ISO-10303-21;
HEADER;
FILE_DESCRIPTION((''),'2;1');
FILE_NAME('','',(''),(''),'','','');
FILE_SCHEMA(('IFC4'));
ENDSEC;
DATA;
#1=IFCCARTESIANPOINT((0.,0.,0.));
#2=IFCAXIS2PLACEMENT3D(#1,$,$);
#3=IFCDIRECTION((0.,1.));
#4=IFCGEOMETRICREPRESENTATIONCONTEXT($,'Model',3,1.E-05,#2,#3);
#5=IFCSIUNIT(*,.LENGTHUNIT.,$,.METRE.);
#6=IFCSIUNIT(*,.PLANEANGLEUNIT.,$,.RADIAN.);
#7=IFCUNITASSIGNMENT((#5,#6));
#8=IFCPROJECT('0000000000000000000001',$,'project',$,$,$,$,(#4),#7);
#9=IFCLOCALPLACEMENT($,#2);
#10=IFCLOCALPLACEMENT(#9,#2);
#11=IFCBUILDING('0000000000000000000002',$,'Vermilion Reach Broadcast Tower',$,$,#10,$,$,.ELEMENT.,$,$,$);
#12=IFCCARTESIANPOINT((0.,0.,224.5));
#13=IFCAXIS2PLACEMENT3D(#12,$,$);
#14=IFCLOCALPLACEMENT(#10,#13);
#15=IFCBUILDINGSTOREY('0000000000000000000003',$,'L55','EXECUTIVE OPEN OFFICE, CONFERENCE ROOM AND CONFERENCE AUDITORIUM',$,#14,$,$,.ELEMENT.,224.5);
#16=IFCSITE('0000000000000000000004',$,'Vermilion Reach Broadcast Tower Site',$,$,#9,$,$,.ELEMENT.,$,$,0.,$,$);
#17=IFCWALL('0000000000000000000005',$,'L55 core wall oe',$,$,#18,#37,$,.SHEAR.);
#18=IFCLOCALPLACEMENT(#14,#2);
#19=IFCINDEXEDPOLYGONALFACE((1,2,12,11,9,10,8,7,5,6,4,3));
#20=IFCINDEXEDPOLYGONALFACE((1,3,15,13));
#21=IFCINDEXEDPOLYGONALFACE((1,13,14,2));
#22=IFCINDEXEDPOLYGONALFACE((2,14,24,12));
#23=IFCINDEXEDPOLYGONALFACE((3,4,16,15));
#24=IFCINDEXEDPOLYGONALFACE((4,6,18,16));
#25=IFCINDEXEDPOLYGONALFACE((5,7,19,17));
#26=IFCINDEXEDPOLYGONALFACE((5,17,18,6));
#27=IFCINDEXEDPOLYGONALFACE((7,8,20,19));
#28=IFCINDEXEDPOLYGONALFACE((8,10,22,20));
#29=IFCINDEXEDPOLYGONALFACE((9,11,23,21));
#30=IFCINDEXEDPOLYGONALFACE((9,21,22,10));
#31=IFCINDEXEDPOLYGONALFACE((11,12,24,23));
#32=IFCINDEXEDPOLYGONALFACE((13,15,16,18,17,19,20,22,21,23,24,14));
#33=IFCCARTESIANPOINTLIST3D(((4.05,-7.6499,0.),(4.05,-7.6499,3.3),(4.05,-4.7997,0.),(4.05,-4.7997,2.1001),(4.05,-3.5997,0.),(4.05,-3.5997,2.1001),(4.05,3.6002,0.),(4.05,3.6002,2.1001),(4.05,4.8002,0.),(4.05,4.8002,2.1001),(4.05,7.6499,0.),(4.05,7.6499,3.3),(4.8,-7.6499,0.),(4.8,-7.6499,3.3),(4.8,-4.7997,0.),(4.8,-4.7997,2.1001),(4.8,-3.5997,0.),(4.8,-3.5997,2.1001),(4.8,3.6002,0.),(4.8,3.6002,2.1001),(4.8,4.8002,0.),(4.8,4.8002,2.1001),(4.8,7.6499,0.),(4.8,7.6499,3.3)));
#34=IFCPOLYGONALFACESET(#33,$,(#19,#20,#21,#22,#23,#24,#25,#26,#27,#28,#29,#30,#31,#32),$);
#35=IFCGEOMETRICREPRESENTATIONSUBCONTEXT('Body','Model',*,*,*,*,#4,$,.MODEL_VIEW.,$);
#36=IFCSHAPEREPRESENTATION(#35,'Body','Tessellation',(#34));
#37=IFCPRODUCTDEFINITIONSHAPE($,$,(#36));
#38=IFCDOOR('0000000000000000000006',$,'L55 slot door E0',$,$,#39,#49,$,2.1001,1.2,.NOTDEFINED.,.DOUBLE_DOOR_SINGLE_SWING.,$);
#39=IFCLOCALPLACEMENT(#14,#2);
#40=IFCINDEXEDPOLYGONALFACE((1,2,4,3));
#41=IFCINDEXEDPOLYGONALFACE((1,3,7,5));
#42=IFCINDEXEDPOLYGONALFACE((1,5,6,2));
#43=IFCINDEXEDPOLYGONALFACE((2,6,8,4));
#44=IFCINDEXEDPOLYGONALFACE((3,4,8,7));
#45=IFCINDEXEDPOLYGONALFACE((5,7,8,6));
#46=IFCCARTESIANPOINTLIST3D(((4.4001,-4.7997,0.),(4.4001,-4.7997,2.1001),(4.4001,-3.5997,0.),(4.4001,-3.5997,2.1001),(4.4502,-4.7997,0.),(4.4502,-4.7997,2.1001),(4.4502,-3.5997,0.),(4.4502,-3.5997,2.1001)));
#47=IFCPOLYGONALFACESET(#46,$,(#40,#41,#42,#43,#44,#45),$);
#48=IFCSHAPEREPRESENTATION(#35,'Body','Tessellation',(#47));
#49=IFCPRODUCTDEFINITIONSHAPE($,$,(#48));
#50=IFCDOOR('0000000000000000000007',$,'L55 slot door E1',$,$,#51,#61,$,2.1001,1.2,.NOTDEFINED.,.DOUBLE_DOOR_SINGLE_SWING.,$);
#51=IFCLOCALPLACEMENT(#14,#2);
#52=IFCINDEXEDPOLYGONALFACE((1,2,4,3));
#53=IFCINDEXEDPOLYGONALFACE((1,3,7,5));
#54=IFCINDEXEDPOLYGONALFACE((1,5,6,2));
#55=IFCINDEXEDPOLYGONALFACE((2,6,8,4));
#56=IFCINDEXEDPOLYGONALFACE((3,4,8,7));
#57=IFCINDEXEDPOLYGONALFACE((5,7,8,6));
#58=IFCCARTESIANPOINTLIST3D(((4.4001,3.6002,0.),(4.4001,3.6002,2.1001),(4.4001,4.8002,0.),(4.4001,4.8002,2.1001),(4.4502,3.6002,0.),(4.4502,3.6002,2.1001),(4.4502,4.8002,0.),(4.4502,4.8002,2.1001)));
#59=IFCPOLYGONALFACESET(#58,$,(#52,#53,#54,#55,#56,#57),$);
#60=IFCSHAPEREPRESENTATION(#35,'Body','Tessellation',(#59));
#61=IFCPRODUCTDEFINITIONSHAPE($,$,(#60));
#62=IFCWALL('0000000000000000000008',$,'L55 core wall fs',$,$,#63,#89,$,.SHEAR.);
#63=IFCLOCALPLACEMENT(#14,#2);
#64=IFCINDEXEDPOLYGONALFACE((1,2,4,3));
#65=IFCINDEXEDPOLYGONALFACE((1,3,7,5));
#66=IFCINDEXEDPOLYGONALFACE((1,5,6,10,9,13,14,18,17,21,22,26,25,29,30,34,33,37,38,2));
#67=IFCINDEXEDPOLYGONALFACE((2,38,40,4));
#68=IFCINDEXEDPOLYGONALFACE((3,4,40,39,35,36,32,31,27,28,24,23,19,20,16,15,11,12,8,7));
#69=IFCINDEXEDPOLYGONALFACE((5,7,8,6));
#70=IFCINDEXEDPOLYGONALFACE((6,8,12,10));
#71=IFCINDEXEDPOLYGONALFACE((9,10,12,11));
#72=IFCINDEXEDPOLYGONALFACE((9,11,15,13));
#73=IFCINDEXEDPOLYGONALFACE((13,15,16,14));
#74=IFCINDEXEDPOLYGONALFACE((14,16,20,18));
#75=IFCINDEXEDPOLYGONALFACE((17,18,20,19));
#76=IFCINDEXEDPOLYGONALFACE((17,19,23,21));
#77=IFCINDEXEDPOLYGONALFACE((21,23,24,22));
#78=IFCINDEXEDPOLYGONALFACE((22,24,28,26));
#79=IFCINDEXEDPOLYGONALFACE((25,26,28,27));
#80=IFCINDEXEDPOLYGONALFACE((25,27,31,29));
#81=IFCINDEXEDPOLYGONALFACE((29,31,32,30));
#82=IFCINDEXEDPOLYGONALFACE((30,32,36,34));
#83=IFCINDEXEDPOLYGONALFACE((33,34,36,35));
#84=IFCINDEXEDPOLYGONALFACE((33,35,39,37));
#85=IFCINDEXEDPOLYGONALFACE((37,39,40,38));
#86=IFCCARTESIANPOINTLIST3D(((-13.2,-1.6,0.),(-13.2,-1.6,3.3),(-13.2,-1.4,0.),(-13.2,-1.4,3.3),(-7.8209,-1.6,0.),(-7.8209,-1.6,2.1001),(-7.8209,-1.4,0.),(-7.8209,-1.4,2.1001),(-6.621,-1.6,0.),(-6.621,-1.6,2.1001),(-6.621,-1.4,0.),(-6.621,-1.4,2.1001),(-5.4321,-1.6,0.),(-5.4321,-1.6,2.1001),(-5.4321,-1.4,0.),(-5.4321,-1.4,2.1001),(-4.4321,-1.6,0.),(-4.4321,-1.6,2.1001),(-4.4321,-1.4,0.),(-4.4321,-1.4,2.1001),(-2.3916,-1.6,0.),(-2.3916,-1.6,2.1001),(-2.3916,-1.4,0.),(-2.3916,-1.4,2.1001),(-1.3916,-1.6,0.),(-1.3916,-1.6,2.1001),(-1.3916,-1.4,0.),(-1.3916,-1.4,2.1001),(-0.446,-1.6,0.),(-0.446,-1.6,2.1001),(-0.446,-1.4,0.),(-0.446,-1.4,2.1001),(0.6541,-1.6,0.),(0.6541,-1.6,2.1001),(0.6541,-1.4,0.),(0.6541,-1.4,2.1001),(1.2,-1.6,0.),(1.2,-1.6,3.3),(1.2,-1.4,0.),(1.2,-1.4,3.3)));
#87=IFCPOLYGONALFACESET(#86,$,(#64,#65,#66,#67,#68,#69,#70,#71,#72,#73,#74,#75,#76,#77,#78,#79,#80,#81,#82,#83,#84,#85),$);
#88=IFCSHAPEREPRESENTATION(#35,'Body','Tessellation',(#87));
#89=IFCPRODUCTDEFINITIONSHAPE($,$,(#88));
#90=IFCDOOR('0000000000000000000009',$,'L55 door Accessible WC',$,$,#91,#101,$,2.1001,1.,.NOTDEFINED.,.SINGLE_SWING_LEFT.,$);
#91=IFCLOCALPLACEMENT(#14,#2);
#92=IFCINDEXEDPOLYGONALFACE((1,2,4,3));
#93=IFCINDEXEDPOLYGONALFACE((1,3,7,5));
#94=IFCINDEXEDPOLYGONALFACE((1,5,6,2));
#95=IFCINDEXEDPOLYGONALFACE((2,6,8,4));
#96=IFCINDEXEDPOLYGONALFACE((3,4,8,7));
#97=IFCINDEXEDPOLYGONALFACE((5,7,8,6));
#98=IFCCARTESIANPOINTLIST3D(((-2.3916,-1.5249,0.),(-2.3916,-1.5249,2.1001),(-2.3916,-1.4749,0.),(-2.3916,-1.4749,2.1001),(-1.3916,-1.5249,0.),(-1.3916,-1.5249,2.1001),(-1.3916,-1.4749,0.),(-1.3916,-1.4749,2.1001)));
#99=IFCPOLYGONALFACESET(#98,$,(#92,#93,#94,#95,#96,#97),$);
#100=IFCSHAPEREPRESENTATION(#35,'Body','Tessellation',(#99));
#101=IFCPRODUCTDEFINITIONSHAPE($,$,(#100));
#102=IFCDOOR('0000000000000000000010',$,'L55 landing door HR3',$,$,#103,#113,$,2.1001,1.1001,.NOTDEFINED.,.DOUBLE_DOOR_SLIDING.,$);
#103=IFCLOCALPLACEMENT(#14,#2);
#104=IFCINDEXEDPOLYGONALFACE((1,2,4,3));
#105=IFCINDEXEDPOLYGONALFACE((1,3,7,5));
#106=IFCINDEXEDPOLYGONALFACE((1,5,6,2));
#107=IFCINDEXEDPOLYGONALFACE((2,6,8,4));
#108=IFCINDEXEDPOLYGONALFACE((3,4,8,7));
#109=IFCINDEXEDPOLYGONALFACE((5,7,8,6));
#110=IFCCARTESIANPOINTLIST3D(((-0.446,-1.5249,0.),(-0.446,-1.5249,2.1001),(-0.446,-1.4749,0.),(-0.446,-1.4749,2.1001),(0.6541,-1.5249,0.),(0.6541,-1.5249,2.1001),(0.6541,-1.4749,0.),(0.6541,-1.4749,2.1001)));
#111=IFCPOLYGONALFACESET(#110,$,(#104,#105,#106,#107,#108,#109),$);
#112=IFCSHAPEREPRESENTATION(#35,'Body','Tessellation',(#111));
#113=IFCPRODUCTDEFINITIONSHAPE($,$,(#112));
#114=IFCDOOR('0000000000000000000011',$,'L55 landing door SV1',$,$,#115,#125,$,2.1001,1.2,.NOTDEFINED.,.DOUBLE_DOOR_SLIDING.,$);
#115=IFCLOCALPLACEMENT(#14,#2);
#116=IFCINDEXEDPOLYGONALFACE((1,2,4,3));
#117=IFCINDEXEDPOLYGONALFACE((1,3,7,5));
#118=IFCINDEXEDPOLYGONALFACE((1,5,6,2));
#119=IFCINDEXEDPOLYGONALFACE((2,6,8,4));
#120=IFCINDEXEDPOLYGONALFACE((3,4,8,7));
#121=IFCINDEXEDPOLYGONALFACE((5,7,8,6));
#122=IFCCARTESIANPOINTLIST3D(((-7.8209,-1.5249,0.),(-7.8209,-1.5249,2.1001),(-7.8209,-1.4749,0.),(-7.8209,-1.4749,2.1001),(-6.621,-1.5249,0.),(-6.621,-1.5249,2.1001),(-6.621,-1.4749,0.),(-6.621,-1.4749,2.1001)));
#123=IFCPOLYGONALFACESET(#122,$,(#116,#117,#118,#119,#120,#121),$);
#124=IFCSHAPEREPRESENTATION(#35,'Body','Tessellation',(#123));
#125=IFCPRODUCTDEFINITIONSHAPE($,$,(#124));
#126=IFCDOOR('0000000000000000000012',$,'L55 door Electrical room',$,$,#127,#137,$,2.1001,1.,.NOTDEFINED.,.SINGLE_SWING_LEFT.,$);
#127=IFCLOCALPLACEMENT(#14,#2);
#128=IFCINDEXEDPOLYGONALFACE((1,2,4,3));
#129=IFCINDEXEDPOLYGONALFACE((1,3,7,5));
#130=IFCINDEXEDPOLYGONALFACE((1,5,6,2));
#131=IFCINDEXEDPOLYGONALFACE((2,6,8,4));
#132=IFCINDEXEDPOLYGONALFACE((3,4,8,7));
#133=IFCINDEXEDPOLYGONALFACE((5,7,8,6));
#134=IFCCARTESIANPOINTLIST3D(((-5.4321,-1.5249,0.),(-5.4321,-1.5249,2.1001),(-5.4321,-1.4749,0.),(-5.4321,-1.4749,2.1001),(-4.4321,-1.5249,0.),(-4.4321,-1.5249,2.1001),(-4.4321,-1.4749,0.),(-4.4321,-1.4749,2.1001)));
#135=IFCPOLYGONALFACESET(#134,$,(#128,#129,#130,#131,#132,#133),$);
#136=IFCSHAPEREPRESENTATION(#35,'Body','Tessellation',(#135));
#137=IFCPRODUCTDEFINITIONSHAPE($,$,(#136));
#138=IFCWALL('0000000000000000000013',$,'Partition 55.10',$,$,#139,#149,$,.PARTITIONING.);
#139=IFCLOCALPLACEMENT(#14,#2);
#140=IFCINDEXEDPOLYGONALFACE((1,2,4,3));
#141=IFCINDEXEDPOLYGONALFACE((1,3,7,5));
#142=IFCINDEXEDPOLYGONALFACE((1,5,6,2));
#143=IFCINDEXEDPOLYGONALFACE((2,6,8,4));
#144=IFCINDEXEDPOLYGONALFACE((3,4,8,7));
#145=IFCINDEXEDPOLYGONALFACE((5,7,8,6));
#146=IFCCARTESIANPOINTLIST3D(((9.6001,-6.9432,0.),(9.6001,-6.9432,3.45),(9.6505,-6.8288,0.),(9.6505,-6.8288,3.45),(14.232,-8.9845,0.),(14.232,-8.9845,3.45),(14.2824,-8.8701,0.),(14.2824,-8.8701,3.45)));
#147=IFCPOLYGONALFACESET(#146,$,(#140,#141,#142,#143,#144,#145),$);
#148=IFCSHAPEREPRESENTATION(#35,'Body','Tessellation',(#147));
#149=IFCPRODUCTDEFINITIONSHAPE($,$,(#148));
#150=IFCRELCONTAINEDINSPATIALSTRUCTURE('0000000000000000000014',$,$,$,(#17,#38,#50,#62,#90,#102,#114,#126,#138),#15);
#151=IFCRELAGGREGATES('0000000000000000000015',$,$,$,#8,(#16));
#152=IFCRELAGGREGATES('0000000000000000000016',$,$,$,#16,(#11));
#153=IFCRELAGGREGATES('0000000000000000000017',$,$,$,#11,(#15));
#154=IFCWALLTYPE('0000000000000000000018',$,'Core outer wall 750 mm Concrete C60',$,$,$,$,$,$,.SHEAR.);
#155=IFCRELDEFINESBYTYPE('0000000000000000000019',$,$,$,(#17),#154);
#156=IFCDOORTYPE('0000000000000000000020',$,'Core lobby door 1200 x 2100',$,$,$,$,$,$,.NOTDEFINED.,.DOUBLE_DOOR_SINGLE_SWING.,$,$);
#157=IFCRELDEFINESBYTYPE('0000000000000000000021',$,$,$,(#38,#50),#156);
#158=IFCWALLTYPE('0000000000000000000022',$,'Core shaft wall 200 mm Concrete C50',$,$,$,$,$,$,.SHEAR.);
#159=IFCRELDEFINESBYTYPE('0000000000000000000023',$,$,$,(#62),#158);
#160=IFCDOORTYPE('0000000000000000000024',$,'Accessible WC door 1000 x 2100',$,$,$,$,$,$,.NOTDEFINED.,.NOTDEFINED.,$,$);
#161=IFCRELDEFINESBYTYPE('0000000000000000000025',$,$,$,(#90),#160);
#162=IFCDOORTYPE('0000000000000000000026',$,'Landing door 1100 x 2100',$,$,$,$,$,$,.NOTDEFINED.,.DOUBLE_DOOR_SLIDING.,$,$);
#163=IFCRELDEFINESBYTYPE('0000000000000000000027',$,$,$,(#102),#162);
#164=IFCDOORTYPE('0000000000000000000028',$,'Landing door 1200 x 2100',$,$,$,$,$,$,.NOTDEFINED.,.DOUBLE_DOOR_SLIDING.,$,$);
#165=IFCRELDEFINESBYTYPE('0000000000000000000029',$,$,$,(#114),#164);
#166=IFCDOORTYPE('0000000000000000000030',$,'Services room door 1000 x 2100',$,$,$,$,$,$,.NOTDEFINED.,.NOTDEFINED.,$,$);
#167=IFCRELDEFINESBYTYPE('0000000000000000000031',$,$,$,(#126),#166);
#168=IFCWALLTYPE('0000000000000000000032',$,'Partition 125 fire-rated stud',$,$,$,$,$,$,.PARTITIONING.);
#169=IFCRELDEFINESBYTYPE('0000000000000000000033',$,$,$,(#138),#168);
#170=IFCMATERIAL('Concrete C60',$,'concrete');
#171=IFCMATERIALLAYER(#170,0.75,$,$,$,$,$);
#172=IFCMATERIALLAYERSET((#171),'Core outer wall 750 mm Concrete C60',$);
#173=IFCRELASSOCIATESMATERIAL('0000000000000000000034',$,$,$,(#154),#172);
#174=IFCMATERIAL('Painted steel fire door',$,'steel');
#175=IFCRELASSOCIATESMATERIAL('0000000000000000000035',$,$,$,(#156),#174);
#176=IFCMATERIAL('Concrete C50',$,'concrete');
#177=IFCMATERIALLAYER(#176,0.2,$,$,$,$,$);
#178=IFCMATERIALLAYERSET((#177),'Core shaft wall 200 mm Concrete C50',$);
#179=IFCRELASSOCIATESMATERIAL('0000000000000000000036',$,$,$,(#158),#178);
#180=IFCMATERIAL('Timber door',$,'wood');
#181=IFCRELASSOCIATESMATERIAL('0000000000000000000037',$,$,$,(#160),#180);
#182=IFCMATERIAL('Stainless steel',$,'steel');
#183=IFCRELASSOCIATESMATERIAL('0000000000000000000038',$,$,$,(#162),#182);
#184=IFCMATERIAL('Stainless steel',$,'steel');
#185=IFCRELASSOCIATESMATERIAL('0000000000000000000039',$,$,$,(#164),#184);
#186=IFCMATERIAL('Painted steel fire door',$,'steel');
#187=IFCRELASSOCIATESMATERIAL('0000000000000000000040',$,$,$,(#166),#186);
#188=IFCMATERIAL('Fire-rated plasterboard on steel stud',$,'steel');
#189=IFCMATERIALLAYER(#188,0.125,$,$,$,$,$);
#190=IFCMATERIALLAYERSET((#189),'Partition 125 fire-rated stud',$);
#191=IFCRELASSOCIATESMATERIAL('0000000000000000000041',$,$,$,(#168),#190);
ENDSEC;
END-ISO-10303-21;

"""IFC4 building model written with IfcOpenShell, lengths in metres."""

from ifc_helpers import new_model, si_unit, direction, frame, frame_2d, origin, place, context, subcontext, project, spatial, rectangle, extrude, material, layer, layer_set, type_object, element, fill, save


model = new_model("IFC4")

# Units and contexts
model_context = context("Model", 3, precision=1e-05, world=origin(), true_north=direction((0.0, 1.0)))
body_context = subcontext(model_context, "Body", "Model", "MODEL_VIEW")
ifc_project = project(units=[si_unit("LENGTHUNIT", "METRE"), si_unit("PLANEANGLEUNIT", "RADIAN")], contexts=[model_context])

# Site, building, storey
site_placement = place(None, origin())
site = spatial("IfcSite", under=ifc_project, at=site_placement, Name="Vermilion Reach Broadcast Tower Site", CompositionType="ELEMENT", RefElevation=0.0)
building_placement = place(site_placement, origin())
building = spatial("IfcBuilding", under=site, at=building_placement, Name="Vermilion Reach Broadcast Tower", CompositionType="ELEMENT")
storey_placement = place(building_placement, frame((0.0, 0.0, 224.5)))
storey = spatial("IfcBuildingStorey", under=building, at=storey_placement, Name="L55", Description="EXECUTIVE OPEN OFFICE, CONFERENCE ROOM AND CONFERENCE AUDITORIUM", CompositionType="ELEMENT", Elevation=224.5)

# Walls, openings, doors
ifc_material_1 = material(Name="Concrete C60", Category="concrete")
ifc_layer_1 = layer(ifc_material_1, 0.75)
ifc_layer_set_1 = layer_set([ifc_layer_1], Name="Core outer wall 750 mm Concrete C60")
wall_type_1 = type_object("IfcWallType", Name="Core outer wall 750 mm Concrete C60", PredefinedType="SHEAR", material=ifc_layer_set_1)
wall_1_placement = place(storey_placement, frame((4.425, -7.6499, 0.0), z_axis=(0.0, 0.0, 1.0), x_axis=(0.0, 1.0, 0.0)))
wall_1 = element("IfcWall", 1, at=wall_1_placement, inside=storey, type_object=wall_type_1, Name="L55 core wall oe", PredefinedType="SHEAR", context=body_context, shape_type="SweptSolid", body=[
    extrude(rectangle(XDim=15.2998, YDim=0.75, at=frame_2d((7.6499, 0.0))), origin(), (0.0, 0.0, 1.0), 3.3),
])
opening_1_placement = place(wall_1_placement, frame((2.8501, 0.0, 0.0)))
opening_1 = element("IfcOpeningElement", 2, at=opening_1_placement, cuts=wall_1, PredefinedType="OPENING", context=body_context, shape_type="SweptSolid", body=[
    extrude(rectangle(XDim=1.2, YDim=2.1001, at=frame_2d((0.6001, 1.05))), frame((0.0, 0.385, 0.0), z_axis=(0.0, -1.0, 0.0), x_axis=(1.0, 0.0, 0.0)), (0.0, 0.0, 1.0), 0.77),
])
opening_2_placement = place(wall_1_placement, frame((11.25, 0.0, 0.0)))
opening_2 = element("IfcOpeningElement", 3, at=opening_2_placement, cuts=wall_1, PredefinedType="OPENING", context=body_context, shape_type="SweptSolid", body=[
    extrude(rectangle(XDim=1.2, YDim=2.1001, at=frame_2d((0.6001, 1.05))), frame((0.0, 0.385, 0.0), z_axis=(0.0, -1.0, 0.0), x_axis=(1.0, 0.0, 0.0)), (0.0, 0.0, 1.0), 0.77),
])
ifc_material_2 = material(Name="Painted steel fire door", Category="steel")
door_type_1 = type_object("IfcDoorType", Name="Core lobby door 1200 x 2100", OperationType="DOUBLE_DOOR_SINGLE_SWING", PredefinedType="NOTDEFINED", material=ifc_material_2)
door_1_placement = place(opening_1_placement, origin())
door_1 = element("IfcDoor", 4, at=door_1_placement, inside=storey, type_object=door_type_1, Name="L55 slot door E0", OperationType="DOUBLE_DOOR_SINGLE_SWING", OverallHeight=2.1001, OverallWidth=1.2, PredefinedType="NOTDEFINED", context=body_context, shape_type="SweptSolid", body=[
    extrude(rectangle(XDim=1.2, YDim=2.1001, at=frame_2d((0.6001, 1.05))), frame((0.0, 0.0249, 0.0), z_axis=(0.0, -1.0, 0.0), x_axis=(1.0, 0.0, 0.0)), (0.0, 0.0, 1.0), 0.05),
])
fill(opening_1, door_1)
door_2_placement = place(opening_2_placement, origin())
door_2 = element("IfcDoor", 5, at=door_2_placement, inside=storey, type_object=door_type_1, Name="L55 slot door E1", OperationType="DOUBLE_DOOR_SINGLE_SWING", OverallHeight=2.1001, OverallWidth=1.2, PredefinedType="NOTDEFINED", context=body_context, shape_type="SweptSolid", body=[
    extrude(rectangle(XDim=1.2, YDim=2.1001, at=frame_2d((0.6001, 1.05))), frame((0.0, 0.0249, 0.0), z_axis=(0.0, -1.0, 0.0), x_axis=(1.0, 0.0, 0.0)), (0.0, 0.0, 1.0), 0.05),
])
fill(opening_2, door_2)
ifc_material_3 = material(Name="Concrete C50", Category="concrete")
ifc_layer_2 = layer(ifc_material_3, 0.2)
ifc_layer_set_2 = layer_set([ifc_layer_2], Name="Core shaft wall 200 mm Concrete C50")
wall_type_2 = type_object("IfcWallType", Name="Core shaft wall 200 mm Concrete C50", PredefinedType="SHEAR", material=ifc_layer_set_2)
wall_2_placement = place(storey_placement, frame((1.2, -1.5, 0.0), z_axis=(0.0, 0.0, 1.0), x_axis=(-1.0, 0.0, 0.0)))
wall_2 = element("IfcWall", 6, at=wall_2_placement, inside=storey, type_object=wall_type_2, Name="L55 core wall fs", PredefinedType="SHEAR", context=body_context, shape_type="SweptSolid", body=[
    extrude(rectangle(XDim=14.3999, YDim=0.2, at=frame_2d((7.2, 0.0))), origin(), (0.0, 0.0, 1.0), 3.3),
])
opening_3_placement = place(wall_2_placement, frame((7.8208, 0.0, 0.0)))
opening_3 = element("IfcOpeningElement", 7, at=opening_3_placement, cuts=wall_2, PredefinedType="OPENING", context=body_context, shape_type="SweptSolid", body=[
    extrude(rectangle(XDim=1.2, YDim=2.1001, at=frame_2d((0.6001, 1.05))), frame((0.0, 0.1099, 0.0), z_axis=(0.0, -1.0, 0.0), x_axis=(1.0, 0.0, 0.0)), (0.0, 0.0, 1.0), 0.22),
])
opening_4_placement = place(wall_2_placement, frame((0.5459, 0.0, 0.0)))
opening_4 = element("IfcOpeningElement", 8, at=opening_4_placement, cuts=wall_2, PredefinedType="OPENING", context=body_context, shape_type="SweptSolid", body=[
    extrude(rectangle(XDim=1.1001, YDim=2.1001, at=frame_2d((0.55, 1.05))), frame((0.0, 0.1099, 0.0), z_axis=(0.0, -1.0, 0.0), x_axis=(1.0, 0.0, 0.0)), (0.0, 0.0, 1.0), 0.22),
])
opening_5_placement = place(wall_2_placement, frame((5.6321, 0.0, 0.0)))
opening_5 = element("IfcOpeningElement", 9, at=opening_5_placement, cuts=wall_2, PredefinedType="OPENING", context=body_context, shape_type="SweptSolid", body=[
    extrude(rectangle(XDim=1.0, YDim=2.1001, at=frame_2d((0.5, 1.05))), frame((0.0, 0.1099, 0.0), z_axis=(0.0, -1.0, 0.0), x_axis=(1.0, 0.0, 0.0)), (0.0, 0.0, 1.0), 0.22),
])
opening_6_placement = place(wall_2_placement, frame((2.5916, 0.0, 0.0)))
opening_6 = element("IfcOpeningElement", 10, at=opening_6_placement, cuts=wall_2, PredefinedType="OPENING", context=body_context, shape_type="SweptSolid", body=[
    extrude(rectangle(XDim=1.0, YDim=2.1001, at=frame_2d((0.5, 1.05))), frame((0.0, 0.1099, 0.0), z_axis=(0.0, -1.0, 0.0), x_axis=(1.0, 0.0, 0.0)), (0.0, 0.0, 1.0), 0.22),
])
ifc_material_4 = material(Name="Timber door", Category="wood")
door_type_2 = type_object("IfcDoorType", Name="Accessible WC door 1000 x 2100", OperationType="NOTDEFINED", PredefinedType="NOTDEFINED", material=ifc_material_4)
door_3_placement = place(opening_6_placement, origin())
door_3 = element("IfcDoor", 11, at=door_3_placement, inside=storey, type_object=door_type_2, Name="L55 door Accessible WC", OperationType="SINGLE_SWING_LEFT", OverallHeight=2.1001, OverallWidth=1.0, PredefinedType="NOTDEFINED", context=body_context, shape_type="SweptSolid", body=[
    extrude(rectangle(XDim=1.0, YDim=2.1001, at=frame_2d((0.5, 1.05))), frame((0.0, 0.0249, 0.0), z_axis=(0.0, -1.0, 0.0), x_axis=(1.0, 0.0, 0.0)), (0.0, 0.0, 1.0), 0.05),
])
fill(opening_6, door_3)
ifc_material_5 = material(Name="Stainless steel", Category="steel")
door_type_3 = type_object("IfcDoorType", Name="Landing door 1100 x 2100", OperationType="DOUBLE_DOOR_SLIDING", PredefinedType="NOTDEFINED", material=ifc_material_5)
door_4_placement = place(opening_4_placement, origin())
door_4 = element("IfcDoor", 12, at=door_4_placement, inside=storey, type_object=door_type_3, Name="L55 landing door HR3", OperationType="DOUBLE_DOOR_SLIDING", OverallHeight=2.1001, OverallWidth=1.1001, PredefinedType="NOTDEFINED", context=body_context, shape_type="SweptSolid", body=[
    extrude(rectangle(XDim=1.1001, YDim=2.1001, at=frame_2d((0.55, 1.05))), frame((0.0, 0.0249, 0.0), z_axis=(0.0, -1.0, 0.0), x_axis=(1.0, 0.0, 0.0)), (0.0, 0.0, 1.0), 0.05),
])
fill(opening_4, door_4)
ifc_material_6 = material(Name="Stainless steel", Category="steel")
door_type_4 = type_object("IfcDoorType", Name="Landing door 1200 x 2100", OperationType="DOUBLE_DOOR_SLIDING", PredefinedType="NOTDEFINED", material=ifc_material_6)
door_5_placement = place(opening_3_placement, origin())
door_5 = element("IfcDoor", 13, at=door_5_placement, inside=storey, type_object=door_type_4, Name="L55 landing door SV1", OperationType="DOUBLE_DOOR_SLIDING", OverallHeight=2.1001, OverallWidth=1.2, PredefinedType="NOTDEFINED", context=body_context, shape_type="SweptSolid", body=[
    extrude(rectangle(XDim=1.2, YDim=2.1001, at=frame_2d((0.6001, 1.05))), frame((0.0, 0.0249, 0.0), z_axis=(0.0, -1.0, 0.0), x_axis=(1.0, 0.0, 0.0)), (0.0, 0.0, 1.0), 0.05),
])
fill(opening_3, door_5)
ifc_material_7 = material(Name="Painted steel fire door", Category="steel")
door_type_5 = type_object("IfcDoorType", Name="Services room door 1000 x 2100", OperationType="NOTDEFINED", PredefinedType="NOTDEFINED", material=ifc_material_7)
door_6_placement = place(opening_5_placement, origin())
door_6 = element("IfcDoor", 14, at=door_6_placement, inside=storey, type_object=door_type_5, Name="L55 door Electrical room", OperationType="SINGLE_SWING_LEFT", OverallHeight=2.1001, OverallWidth=1.0, PredefinedType="NOTDEFINED", context=body_context, shape_type="SweptSolid", body=[
    extrude(rectangle(XDim=1.0, YDim=2.1001, at=frame_2d((0.5, 1.05))), frame((0.0, 0.0249, 0.0), z_axis=(0.0, -1.0, 0.0), x_axis=(1.0, 0.0, 0.0)), (0.0, 0.0, 1.0), 0.05),
])
fill(opening_5, door_6)

# Wall
ifc_material_8 = material(Name="Fire-rated plasterboard on steel stud", Category="steel")
ifc_layer_3 = layer(ifc_material_8, 0.125)
ifc_layer_set_3 = layer_set([ifc_layer_3], Name="Partition 125 fire-rated stud")
wall_type_3 = type_object("IfcWallType", Name="Partition 125 fire-rated stud", PredefinedType="PARTITIONING", material=ifc_layer_set_3)
wall_3_placement = place(storey_placement, frame((14.2571, -8.9272, 0.0), z_axis=(0.0, 0.0, 1.0), x_axis=(-0.915078, 0.403277, 0.0)))
element("IfcWall", 15, at=wall_3_placement, inside=storey, type_object=wall_type_3, Name="Partition 55.10", PredefinedType="PARTITIONING", context=body_context, shape_type="SweptSolid", body=[
    extrude(rectangle(XDim=5.0618, YDim=0.125, at=frame_2d((2.5308, 0.0))), origin(), (0.0, 0.0, 1.0), 3.45),
])

save(model, "model.ifc")
